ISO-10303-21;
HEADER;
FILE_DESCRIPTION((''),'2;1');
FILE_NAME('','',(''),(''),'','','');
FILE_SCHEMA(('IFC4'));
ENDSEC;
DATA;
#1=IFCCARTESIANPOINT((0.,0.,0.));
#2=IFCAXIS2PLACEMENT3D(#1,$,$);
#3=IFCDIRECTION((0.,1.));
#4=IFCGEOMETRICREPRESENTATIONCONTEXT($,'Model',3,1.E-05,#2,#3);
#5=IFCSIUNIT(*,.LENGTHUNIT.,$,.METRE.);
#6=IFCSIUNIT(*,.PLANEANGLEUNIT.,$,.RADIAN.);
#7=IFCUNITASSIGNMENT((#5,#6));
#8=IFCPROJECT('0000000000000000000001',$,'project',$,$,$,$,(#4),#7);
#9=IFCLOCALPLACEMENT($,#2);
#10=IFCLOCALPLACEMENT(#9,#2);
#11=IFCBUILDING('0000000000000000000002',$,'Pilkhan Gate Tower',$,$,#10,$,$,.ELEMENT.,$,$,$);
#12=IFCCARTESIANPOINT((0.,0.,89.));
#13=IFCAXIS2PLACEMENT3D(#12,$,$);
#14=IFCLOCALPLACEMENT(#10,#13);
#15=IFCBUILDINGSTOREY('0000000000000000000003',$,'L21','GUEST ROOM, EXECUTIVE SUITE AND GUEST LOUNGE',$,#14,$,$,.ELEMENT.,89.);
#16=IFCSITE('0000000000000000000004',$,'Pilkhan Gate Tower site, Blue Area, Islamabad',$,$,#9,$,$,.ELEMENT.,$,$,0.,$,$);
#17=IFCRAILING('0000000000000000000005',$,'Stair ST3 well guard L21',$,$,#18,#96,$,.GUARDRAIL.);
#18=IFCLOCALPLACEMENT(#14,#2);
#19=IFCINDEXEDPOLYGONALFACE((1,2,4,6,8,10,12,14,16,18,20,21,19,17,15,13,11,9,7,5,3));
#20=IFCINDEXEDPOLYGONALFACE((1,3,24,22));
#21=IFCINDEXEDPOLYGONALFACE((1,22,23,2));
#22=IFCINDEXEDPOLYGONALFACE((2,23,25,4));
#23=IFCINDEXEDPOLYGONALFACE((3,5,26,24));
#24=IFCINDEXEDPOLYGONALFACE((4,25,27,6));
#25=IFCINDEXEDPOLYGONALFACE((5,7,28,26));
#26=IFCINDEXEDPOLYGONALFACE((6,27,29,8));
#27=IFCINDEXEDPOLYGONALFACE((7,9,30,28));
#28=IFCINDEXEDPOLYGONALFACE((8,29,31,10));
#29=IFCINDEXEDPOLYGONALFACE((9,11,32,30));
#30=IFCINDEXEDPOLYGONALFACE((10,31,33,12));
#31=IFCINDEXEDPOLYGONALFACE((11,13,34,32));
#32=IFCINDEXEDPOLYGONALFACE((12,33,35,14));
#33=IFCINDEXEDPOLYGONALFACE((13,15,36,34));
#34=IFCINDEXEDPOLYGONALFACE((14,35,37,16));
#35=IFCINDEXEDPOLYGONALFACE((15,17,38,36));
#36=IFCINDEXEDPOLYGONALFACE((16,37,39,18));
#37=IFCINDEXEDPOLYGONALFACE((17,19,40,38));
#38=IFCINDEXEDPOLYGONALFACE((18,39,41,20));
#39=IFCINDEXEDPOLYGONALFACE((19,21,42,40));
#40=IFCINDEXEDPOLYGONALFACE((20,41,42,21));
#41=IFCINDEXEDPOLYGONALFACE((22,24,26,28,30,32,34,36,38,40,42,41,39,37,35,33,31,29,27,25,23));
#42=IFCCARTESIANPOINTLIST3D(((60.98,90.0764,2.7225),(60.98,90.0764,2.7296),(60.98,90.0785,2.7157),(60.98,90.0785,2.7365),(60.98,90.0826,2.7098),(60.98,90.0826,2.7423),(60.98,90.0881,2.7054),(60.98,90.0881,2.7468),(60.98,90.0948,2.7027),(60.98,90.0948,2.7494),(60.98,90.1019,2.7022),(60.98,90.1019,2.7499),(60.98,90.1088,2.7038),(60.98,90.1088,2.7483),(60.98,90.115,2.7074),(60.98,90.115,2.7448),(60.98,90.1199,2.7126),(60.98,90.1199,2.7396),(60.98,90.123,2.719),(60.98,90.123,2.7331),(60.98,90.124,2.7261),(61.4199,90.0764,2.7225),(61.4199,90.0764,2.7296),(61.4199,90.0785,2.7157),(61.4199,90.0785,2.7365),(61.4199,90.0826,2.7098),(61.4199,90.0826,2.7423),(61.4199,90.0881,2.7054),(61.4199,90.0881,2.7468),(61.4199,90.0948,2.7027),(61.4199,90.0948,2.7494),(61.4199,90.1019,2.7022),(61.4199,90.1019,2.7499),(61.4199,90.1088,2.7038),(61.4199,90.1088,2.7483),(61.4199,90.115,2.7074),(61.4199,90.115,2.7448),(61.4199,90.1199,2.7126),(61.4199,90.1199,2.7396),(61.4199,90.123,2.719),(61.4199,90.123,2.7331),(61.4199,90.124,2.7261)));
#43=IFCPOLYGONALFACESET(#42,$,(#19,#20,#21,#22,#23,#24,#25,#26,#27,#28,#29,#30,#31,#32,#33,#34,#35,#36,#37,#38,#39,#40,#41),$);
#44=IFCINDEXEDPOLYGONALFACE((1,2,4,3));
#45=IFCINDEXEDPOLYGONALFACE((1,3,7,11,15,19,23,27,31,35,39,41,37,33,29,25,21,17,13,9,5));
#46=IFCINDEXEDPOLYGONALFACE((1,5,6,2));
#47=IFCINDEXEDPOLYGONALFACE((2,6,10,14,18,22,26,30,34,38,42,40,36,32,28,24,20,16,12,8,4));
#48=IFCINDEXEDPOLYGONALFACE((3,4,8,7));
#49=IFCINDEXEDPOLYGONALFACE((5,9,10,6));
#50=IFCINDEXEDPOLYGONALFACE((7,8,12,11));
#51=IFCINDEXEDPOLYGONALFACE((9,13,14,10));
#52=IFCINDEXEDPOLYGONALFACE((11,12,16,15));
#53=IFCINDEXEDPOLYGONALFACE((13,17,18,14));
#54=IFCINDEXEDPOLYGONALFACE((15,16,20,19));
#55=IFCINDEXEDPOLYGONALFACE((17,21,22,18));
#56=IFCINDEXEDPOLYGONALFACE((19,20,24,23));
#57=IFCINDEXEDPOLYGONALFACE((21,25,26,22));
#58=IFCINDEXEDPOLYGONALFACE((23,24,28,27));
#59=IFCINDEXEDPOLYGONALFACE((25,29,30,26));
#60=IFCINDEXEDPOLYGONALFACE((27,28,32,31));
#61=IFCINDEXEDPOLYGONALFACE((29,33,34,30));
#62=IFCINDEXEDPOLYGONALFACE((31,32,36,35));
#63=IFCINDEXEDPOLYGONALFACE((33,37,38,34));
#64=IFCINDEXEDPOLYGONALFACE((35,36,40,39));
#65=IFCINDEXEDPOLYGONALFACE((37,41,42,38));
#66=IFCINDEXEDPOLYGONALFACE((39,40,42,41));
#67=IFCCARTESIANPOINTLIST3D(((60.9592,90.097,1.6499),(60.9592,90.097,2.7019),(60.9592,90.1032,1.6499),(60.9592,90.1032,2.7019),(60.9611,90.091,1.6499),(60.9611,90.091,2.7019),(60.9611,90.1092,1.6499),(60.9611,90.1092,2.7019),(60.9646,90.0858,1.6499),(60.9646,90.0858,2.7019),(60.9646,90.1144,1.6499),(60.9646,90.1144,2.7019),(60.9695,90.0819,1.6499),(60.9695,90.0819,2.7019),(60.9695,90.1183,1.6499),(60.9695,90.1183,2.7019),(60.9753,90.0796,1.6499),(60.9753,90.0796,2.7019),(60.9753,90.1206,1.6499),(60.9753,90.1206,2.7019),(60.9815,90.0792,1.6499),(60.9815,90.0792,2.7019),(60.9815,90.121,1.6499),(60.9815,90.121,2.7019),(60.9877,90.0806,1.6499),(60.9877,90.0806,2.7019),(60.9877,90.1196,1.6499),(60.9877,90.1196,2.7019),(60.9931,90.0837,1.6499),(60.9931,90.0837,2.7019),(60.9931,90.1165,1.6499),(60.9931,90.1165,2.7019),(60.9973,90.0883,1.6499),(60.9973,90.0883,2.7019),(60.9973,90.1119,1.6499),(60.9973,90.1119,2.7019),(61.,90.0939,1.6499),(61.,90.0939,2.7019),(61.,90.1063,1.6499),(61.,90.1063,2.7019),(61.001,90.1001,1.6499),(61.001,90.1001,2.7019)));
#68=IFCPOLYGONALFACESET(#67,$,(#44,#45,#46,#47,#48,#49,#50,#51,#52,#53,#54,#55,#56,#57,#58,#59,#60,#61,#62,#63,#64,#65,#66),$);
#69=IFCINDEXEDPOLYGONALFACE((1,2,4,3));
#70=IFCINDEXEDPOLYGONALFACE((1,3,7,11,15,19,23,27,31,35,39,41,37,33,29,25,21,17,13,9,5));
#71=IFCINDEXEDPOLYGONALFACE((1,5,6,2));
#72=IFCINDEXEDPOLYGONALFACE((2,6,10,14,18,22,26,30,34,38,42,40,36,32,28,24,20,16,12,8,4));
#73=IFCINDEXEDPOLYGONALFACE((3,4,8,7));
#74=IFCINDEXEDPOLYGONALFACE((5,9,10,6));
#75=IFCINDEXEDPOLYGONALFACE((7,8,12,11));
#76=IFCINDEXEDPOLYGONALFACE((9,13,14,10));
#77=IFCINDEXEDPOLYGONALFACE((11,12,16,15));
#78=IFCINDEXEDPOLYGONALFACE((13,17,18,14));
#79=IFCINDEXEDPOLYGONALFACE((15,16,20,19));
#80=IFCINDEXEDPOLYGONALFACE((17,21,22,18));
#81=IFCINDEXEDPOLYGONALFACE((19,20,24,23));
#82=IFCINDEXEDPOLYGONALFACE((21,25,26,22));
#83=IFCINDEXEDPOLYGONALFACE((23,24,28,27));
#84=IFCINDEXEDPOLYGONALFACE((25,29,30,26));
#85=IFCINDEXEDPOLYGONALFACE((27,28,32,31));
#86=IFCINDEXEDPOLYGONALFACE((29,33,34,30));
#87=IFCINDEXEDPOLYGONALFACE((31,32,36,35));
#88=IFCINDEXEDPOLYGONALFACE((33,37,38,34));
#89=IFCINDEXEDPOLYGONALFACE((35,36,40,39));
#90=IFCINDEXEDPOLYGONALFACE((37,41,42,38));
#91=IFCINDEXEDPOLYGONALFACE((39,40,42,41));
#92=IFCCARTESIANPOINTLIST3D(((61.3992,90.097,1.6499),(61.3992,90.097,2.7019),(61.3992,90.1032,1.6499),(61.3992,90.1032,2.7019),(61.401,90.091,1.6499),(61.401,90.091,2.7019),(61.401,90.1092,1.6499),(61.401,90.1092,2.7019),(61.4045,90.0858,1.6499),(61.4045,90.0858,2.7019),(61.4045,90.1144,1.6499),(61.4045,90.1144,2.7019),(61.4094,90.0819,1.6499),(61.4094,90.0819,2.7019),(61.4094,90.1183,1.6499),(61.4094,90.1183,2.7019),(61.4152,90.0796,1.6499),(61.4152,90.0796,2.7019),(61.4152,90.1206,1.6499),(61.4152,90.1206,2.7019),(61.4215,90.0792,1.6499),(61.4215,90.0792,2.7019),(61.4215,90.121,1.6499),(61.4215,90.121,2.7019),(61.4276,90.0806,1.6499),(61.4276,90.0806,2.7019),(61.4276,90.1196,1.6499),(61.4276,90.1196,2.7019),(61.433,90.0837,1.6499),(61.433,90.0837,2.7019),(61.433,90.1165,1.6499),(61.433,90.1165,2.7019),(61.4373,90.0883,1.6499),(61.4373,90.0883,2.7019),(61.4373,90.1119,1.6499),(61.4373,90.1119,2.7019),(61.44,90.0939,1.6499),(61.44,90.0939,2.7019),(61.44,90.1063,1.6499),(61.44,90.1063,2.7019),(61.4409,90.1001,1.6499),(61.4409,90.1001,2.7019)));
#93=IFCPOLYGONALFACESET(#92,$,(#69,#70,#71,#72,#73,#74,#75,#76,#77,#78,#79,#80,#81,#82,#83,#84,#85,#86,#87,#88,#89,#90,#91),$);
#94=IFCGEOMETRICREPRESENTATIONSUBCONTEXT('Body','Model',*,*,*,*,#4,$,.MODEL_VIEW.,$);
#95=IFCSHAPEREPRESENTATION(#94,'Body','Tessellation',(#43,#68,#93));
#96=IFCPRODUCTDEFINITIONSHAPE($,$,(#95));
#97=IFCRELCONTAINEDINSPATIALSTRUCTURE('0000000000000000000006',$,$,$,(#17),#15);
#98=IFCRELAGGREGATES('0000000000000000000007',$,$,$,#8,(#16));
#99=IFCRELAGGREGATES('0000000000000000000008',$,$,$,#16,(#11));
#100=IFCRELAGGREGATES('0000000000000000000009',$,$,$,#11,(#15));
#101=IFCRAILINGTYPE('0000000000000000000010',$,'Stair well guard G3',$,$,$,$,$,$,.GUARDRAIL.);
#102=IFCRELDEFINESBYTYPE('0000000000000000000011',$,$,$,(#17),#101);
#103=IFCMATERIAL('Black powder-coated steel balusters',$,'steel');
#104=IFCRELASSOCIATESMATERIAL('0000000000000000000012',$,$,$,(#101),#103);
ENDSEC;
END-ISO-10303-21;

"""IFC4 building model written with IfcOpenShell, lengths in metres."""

from ifc_helpers import new_model, si_unit, direction, frame, origin, origin_2d, place, context, subcontext, project, spatial, circle, extrude, material, type_object, element, save


model = new_model("IFC4")

# Units and contexts
model_context = context("Model", 3, precision=1e-05, world=origin(), true_north=direction((0.0, 1.0)))
body_context = subcontext(model_context, "Body", "Model", "MODEL_VIEW")
ifc_project = project(units=[si_unit("LENGTHUNIT", "METRE"), si_unit("PLANEANGLEUNIT", "RADIAN")], contexts=[model_context])

# Site, building, storey
site_placement = place(None, origin())
site = spatial("IfcSite", under=ifc_project, at=site_placement, Name="Pilkhan Gate Tower site, Blue Area, Islamabad", CompositionType="ELEMENT", RefElevation=0.0)
building_placement = place(site_placement, origin())
building = spatial("IfcBuilding", under=site, at=building_placement, Name="Pilkhan Gate Tower", CompositionType="ELEMENT")
storey_placement = place(building_placement, frame((0.0, 0.0, 89.0)))
storey = spatial("IfcBuildingStorey", under=building, at=storey_placement, Name="L21", Description="GUEST ROOM, EXECUTIVE SUITE AND GUEST LOUNGE", CompositionType="ELEMENT", Elevation=89.0)

# Railing
ifc_material_1 = material(Name="Black powder-coated steel balusters", Category="steel")
railing_type_1 = type_object("IfcRailingType", Name="Stair well guard G3", PredefinedType="GUARDRAIL", material=ifc_material_1)
railing_1_placement = place(storey_placement, frame((60.98, 90.1001, 1.6499)))
element("IfcRailing", 1, at=railing_1_placement, inside=storey, type_object=railing_type_1, Name="Stair ST3 well guard L21", PredefinedType="GUARDRAIL", context=body_context, shape_type="SweptSolid", body=[
    extrude(circle(Radius=0.0239, at=origin_2d()), frame((0.0, 0.0, 1.0762), z_axis=(1.0, 0.0, 0.0), x_axis=(0.0, 1.0, 0.0)), (0.0, 0.0, 1.0), 0.4399),
    extrude(circle(Radius=0.021, at=origin_2d()), origin(), (0.0, 0.0, 1.0), 1.052),
    extrude(circle(Radius=0.021, at=origin_2d()), frame((0.4399, 0.0, 0.0)), (0.0, 0.0, 1.0), 1.052),
])

save(model, "model.ifc")
